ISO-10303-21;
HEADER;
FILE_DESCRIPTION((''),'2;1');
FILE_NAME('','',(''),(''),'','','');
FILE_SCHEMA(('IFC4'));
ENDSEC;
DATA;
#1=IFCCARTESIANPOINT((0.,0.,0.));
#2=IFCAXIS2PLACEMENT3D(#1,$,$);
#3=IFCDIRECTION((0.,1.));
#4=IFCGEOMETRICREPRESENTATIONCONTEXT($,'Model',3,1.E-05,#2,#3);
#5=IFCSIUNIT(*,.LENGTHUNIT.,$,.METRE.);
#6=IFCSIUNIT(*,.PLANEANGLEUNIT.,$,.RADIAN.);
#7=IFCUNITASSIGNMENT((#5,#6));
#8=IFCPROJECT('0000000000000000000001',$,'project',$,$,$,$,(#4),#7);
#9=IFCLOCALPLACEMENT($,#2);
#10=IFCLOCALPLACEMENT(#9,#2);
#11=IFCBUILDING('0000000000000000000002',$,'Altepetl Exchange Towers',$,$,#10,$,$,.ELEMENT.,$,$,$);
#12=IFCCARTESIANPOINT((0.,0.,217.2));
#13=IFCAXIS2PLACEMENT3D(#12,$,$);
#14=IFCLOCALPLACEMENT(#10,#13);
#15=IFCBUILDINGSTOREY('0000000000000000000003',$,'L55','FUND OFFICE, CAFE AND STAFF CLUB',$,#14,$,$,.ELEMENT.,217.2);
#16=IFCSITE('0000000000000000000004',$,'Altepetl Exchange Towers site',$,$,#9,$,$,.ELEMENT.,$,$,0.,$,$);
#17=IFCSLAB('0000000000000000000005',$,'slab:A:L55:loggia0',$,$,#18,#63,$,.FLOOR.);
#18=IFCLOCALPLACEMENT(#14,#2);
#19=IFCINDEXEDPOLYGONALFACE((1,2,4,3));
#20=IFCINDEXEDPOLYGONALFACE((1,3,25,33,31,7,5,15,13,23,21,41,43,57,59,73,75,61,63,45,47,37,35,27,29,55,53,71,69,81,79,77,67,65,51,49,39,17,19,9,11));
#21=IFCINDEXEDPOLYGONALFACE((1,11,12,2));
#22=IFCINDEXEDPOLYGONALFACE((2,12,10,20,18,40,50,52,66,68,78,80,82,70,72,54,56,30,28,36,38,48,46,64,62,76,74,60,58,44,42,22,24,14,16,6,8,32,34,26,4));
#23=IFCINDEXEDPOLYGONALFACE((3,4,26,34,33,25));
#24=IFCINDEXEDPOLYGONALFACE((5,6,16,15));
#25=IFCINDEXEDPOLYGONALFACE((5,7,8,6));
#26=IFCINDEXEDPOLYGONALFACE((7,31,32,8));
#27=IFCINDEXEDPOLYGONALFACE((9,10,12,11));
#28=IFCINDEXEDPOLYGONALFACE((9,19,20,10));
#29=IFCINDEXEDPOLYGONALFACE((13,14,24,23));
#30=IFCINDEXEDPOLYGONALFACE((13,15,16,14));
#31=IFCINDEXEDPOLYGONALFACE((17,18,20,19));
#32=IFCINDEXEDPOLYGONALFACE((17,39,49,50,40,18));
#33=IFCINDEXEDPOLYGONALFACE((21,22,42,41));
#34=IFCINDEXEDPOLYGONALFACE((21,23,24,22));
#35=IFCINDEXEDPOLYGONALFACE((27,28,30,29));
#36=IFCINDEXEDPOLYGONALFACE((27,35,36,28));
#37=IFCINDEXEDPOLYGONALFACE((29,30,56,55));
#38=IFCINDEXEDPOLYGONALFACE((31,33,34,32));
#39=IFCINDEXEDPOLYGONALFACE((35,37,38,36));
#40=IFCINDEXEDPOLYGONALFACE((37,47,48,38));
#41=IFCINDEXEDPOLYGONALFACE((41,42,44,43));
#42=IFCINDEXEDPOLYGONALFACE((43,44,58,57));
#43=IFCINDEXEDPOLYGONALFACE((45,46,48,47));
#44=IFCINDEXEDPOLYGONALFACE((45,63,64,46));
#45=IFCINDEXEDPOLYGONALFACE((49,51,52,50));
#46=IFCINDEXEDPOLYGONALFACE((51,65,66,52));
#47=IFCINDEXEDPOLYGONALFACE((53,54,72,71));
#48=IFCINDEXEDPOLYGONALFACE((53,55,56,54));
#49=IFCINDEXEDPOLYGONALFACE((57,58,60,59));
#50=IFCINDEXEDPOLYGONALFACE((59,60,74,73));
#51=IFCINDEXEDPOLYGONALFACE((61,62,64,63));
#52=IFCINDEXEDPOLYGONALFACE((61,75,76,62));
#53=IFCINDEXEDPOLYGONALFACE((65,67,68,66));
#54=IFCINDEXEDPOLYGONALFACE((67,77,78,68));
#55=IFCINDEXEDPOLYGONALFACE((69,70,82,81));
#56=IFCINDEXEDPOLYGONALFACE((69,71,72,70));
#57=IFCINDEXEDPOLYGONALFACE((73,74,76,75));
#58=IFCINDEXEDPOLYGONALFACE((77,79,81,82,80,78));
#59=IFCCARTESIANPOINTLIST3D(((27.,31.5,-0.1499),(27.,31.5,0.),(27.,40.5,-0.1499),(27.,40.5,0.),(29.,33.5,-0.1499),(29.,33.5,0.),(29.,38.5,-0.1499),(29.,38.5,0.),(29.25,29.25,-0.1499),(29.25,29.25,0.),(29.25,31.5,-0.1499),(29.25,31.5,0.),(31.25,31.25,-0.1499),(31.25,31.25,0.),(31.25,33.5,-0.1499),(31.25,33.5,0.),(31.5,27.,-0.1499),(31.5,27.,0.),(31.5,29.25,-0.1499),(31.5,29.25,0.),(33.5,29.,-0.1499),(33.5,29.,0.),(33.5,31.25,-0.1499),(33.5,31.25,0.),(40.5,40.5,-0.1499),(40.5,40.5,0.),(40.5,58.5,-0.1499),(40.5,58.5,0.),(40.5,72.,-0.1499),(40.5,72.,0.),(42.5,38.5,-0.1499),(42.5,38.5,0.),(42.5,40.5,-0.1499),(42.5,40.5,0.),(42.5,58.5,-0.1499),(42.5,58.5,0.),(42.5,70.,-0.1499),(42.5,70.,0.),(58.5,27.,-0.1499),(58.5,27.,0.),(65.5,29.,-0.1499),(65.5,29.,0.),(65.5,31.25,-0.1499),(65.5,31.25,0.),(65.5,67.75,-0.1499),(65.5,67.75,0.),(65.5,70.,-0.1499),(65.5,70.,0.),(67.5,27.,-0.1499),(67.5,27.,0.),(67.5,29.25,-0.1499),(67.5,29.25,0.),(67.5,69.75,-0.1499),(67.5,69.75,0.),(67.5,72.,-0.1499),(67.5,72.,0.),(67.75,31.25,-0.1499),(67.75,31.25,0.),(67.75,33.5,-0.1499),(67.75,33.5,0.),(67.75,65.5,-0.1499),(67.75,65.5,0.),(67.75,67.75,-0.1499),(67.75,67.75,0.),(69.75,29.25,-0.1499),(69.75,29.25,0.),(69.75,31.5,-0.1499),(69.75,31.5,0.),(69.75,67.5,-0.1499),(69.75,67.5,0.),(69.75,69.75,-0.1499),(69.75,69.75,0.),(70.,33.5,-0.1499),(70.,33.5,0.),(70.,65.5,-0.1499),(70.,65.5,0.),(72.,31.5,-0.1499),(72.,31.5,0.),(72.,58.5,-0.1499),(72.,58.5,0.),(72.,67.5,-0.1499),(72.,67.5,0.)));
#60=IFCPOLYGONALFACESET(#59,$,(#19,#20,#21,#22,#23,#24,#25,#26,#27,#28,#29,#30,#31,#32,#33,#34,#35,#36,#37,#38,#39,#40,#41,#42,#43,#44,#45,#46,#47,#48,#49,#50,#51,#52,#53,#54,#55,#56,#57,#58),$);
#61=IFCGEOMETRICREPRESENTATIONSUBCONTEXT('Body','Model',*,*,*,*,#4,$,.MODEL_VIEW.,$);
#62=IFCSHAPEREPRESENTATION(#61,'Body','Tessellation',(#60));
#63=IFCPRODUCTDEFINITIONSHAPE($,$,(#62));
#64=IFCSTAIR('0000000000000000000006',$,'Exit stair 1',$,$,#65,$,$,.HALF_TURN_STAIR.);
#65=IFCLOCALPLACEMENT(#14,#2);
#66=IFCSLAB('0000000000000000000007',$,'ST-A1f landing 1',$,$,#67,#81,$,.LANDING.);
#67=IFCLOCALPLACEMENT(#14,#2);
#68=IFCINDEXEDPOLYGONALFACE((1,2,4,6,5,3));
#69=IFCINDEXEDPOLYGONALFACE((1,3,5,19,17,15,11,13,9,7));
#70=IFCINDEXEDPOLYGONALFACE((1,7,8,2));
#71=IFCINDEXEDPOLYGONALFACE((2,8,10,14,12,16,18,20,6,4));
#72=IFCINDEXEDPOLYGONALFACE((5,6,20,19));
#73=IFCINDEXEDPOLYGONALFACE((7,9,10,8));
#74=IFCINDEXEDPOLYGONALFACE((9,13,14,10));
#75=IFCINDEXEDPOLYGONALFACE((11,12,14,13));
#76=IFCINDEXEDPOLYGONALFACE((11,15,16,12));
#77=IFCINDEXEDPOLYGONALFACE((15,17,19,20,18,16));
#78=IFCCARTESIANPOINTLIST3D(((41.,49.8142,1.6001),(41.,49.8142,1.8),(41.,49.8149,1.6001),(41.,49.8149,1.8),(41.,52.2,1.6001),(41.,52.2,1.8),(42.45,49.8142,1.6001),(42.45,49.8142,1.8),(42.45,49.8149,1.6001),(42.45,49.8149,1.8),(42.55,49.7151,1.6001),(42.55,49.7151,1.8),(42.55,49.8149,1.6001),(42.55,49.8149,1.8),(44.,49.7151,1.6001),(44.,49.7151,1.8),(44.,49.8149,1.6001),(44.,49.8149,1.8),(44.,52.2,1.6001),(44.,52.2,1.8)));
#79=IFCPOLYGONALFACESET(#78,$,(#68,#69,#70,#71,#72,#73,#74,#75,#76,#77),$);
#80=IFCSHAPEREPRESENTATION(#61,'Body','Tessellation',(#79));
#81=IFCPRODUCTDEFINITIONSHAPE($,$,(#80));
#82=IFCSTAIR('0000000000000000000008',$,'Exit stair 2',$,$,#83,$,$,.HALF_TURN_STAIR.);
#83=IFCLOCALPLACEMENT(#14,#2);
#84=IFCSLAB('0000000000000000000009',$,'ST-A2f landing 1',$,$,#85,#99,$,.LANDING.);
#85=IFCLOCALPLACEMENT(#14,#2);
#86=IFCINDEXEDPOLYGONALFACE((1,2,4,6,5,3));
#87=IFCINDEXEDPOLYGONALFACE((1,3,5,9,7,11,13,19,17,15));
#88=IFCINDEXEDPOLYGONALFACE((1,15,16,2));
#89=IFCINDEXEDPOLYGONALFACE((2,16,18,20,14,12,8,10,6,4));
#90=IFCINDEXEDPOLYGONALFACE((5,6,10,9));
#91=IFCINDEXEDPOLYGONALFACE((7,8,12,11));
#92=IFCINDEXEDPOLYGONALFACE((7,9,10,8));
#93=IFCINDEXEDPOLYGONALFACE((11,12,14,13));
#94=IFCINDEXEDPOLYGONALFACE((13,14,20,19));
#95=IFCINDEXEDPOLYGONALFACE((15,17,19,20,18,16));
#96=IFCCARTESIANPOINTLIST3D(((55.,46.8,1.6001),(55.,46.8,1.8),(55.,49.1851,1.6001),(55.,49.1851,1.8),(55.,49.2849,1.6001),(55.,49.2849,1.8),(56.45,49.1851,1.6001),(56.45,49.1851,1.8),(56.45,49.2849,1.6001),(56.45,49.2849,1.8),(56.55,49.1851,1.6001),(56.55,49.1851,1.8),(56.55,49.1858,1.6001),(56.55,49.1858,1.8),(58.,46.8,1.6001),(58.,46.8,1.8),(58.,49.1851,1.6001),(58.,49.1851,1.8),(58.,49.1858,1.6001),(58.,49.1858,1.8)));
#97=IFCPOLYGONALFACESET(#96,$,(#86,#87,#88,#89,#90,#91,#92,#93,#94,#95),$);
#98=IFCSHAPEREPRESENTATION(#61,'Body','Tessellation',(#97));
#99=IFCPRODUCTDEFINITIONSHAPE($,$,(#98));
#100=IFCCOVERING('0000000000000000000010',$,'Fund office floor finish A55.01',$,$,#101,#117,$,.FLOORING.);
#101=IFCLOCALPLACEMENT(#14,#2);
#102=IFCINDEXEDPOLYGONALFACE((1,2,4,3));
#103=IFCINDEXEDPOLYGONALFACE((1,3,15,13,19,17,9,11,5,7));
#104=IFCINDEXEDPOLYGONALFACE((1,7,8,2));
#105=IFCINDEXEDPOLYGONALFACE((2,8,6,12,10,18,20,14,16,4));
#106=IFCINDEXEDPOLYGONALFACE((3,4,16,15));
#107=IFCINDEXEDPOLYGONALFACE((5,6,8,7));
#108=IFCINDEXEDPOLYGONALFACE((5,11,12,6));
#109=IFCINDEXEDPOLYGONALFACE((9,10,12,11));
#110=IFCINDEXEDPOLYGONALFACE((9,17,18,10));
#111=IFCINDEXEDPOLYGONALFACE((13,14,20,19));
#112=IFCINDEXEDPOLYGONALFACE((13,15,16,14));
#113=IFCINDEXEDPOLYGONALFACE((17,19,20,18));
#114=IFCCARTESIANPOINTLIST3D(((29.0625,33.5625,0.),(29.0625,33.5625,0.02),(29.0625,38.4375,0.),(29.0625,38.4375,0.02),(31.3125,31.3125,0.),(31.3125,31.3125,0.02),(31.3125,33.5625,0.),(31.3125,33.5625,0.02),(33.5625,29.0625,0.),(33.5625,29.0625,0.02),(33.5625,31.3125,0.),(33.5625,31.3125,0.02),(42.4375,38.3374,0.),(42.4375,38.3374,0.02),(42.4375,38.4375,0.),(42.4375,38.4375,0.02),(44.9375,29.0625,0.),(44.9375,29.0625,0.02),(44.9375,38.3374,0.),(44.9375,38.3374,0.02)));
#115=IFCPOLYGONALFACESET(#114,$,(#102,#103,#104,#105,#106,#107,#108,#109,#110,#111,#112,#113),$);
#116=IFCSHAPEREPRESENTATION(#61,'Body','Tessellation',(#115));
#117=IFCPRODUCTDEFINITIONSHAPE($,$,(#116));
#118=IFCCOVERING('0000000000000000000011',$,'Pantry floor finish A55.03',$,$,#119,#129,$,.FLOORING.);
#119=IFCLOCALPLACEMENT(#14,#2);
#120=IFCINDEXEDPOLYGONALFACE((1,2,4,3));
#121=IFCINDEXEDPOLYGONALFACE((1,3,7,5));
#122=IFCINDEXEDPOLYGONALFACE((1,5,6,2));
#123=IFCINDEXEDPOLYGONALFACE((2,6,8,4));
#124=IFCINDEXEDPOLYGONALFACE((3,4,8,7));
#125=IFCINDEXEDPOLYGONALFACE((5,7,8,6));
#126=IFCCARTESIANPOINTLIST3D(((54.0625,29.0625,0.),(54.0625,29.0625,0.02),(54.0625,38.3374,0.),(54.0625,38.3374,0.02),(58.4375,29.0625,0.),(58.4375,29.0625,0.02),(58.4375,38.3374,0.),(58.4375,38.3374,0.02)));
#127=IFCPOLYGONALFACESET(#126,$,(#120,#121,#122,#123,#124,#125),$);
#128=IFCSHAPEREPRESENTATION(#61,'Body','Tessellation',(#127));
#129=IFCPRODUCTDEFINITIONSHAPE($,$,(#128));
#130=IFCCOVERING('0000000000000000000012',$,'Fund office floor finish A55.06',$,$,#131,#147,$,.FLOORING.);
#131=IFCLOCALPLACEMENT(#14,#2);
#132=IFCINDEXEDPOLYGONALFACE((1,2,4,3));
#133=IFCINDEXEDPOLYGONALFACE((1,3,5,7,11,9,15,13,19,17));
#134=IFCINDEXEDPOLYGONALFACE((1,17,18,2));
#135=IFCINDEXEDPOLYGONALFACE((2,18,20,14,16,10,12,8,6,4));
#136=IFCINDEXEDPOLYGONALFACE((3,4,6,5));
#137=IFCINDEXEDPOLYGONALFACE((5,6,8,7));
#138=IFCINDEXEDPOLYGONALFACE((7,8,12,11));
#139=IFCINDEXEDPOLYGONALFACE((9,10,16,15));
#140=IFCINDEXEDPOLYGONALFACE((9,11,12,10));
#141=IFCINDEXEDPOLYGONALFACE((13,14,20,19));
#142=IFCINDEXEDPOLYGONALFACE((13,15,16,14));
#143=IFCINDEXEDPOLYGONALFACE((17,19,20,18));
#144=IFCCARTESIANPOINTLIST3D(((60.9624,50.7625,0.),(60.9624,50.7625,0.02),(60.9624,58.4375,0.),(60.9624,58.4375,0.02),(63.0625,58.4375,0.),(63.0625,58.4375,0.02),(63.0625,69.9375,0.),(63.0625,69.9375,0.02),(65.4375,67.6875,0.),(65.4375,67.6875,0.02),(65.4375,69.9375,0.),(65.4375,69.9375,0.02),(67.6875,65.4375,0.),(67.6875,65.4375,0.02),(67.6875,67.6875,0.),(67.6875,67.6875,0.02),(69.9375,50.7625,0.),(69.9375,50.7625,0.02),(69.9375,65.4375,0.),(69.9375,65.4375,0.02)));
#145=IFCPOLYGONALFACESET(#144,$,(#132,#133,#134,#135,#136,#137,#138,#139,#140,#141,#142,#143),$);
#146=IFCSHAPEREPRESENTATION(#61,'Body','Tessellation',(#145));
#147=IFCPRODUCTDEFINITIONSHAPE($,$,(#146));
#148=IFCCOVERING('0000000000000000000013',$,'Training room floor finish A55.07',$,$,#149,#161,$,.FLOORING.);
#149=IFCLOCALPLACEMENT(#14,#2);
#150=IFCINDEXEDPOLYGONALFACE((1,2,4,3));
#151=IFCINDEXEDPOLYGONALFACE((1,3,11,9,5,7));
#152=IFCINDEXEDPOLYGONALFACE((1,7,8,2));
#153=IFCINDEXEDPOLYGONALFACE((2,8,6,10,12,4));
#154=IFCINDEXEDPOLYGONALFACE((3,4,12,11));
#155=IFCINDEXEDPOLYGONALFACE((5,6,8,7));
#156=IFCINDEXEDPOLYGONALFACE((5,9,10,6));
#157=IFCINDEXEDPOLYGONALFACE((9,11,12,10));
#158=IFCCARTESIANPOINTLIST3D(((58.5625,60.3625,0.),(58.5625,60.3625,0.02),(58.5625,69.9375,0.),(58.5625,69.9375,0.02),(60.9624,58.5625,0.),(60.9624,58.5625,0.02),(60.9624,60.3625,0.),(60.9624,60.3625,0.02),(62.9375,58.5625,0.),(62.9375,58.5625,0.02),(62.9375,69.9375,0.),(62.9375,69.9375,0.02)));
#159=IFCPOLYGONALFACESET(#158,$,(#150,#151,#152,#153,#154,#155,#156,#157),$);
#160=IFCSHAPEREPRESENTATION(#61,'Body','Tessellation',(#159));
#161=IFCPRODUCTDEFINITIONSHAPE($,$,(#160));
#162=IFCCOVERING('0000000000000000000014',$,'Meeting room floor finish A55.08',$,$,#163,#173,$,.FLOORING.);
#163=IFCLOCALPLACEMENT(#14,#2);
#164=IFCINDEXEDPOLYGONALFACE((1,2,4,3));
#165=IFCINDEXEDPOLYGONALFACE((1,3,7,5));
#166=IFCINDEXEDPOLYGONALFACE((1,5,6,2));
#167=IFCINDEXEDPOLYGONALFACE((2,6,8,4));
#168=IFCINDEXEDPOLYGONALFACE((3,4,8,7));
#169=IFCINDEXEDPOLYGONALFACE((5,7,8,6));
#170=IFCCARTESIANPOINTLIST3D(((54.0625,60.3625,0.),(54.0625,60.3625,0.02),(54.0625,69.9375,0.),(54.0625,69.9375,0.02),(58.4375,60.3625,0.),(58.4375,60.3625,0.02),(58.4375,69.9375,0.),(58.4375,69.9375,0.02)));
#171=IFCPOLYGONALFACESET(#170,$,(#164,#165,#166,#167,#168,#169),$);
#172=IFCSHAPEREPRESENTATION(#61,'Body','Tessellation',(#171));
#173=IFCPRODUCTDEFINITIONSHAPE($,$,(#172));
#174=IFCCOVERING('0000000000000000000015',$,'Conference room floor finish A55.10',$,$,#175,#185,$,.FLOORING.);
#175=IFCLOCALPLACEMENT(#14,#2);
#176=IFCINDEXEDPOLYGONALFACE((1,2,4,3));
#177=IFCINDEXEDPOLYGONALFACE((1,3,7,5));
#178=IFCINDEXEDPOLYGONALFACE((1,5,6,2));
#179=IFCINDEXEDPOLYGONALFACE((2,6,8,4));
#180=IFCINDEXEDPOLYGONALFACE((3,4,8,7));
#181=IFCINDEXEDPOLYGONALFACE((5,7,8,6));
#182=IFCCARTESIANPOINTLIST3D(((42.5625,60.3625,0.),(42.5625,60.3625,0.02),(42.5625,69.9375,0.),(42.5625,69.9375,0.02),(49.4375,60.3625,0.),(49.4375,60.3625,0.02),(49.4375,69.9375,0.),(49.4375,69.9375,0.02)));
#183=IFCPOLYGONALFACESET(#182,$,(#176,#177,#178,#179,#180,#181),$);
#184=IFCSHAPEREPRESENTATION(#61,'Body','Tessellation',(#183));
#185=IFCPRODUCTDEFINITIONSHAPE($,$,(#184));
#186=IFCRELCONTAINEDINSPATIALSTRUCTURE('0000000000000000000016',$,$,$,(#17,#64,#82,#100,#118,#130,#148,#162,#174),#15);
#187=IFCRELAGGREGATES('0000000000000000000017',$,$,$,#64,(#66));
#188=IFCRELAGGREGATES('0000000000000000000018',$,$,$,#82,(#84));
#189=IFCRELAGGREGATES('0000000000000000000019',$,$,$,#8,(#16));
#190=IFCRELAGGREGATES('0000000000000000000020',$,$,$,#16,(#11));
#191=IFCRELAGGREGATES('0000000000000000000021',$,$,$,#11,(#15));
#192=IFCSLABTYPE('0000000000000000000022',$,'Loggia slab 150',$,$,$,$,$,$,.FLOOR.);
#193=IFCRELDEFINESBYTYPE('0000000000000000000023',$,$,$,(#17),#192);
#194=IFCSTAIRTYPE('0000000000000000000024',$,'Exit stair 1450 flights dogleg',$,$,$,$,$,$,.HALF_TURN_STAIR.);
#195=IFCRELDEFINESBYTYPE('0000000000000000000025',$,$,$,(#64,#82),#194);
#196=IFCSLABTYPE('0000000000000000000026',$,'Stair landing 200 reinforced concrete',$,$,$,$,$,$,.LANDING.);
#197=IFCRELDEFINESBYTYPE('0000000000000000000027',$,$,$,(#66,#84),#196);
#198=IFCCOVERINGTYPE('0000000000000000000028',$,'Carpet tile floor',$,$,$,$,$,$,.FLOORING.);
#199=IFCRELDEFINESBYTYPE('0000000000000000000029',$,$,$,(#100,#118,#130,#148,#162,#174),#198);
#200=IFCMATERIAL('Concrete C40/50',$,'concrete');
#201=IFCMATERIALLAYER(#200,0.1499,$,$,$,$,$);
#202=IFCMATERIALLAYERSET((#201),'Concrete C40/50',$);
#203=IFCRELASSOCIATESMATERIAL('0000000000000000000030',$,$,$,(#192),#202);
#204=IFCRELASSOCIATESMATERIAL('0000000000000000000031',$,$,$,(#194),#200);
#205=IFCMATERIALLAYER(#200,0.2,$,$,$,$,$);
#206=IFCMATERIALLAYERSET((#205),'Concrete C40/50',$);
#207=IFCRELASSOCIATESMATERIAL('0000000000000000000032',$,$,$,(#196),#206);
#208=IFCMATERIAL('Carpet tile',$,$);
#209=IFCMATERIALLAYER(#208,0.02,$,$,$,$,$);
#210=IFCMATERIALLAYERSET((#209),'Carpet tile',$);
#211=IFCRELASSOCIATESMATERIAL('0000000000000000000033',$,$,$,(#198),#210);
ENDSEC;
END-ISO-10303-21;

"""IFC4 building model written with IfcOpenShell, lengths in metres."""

from ifc_helpers import new_model, si_unit, direction, frame, origin, place, context, subcontext, project, spatial, polyline, outline, extrude, material, layer, layer_set, type_object, element, aggregate, save


model = new_model("IFC4")

# Units and contexts
model_context = context("Model", 3, precision=1e-05, world=origin(), true_north=direction((0.0, 1.0)))
body_context = subcontext(model_context, "Body", "Model", "MODEL_VIEW")
ifc_project = project(units=[si_unit("LENGTHUNIT", "METRE"), si_unit("PLANEANGLEUNIT", "RADIAN")], contexts=[model_context])

# Site, building, storey
site_placement = place(None, origin())
site = spatial("IfcSite", under=ifc_project, at=site_placement, Name="Altepetl Exchange Towers site", CompositionType="ELEMENT", RefElevation=0.0)
building_placement = place(site_placement, origin())
building = spatial("IfcBuilding", under=site, at=building_placement, Name="Altepetl Exchange Towers", CompositionType="ELEMENT")
storey_placement = place(building_placement, frame((0.0, 0.0, 217.2)))
storey = spatial("IfcBuildingStorey", under=building, at=storey_placement, Name="L55", Description="FUND OFFICE, CAFE AND STAFF CLUB", CompositionType="ELEMENT", Elevation=217.2)

# Shared definitions
ifc_material_1 = material(Name="Concrete C40/50", Category="concrete")

# Slab
ifc_layer_1 = layer(ifc_material_1, 0.1499)
ifc_layer_set_1 = layer_set([ifc_layer_1], Name="Concrete C40/50")
slab_type_1 = type_object("IfcSlabType", Name="Loggia slab 150", PredefinedType="FLOOR", material=ifc_layer_set_1)
slab_1_placement = place(storey_placement, frame((0.0, 0.0, -0.1499)))
element("IfcSlab", 1, at=slab_1_placement, inside=storey, type_object=slab_type_1, Name="slab:A:L55:loggia0", PredefinedType="FLOOR", context=body_context, shape_type="SweptSolid", body=[
    extrude(outline(polyline([(40.5, 72.0), (40.5, 58.5), (42.5, 58.5), (42.5, 70.0), (65.5, 70.0), (65.5, 67.75), (67.75, 67.75), (67.75, 65.5), (70.0, 65.5), (70.0, 33.5), (67.75, 33.5), (67.75, 31.25), (65.5, 31.25), (65.5, 29.0), (33.5, 29.0), (33.5, 31.25), (31.25, 31.25), (31.25, 33.5), (29.0, 33.5), (29.0, 38.5), (42.5, 38.5), (42.5, 40.5), (40.5, 40.5), (27.0, 40.5), (27.0, 31.5), (29.25, 31.5), (29.25, 29.25), (31.5, 29.25), (31.5, 27.0), (58.5, 27.0), (67.5, 27.0), (67.5, 29.25), (69.75, 29.25), (69.75, 31.5), (72.0, 31.5), (72.0, 58.5), (72.0, 67.5), (69.75, 67.5), (69.75, 69.75), (67.5, 69.75), (67.5, 72.0), (40.5, 72.0)])), origin(), (0.0, 0.0, 1.0), 0.1499),
])

# Stairs, slabs
stair_type = type_object("IfcStairType", Name="Exit stair 1450 flights dogleg", PredefinedType="HALF_TURN_STAIR", material=ifc_material_1)
stair_1_placement = place(storey_placement, origin())
stair_1 = element("IfcStair", 2, at=stair_1_placement, inside=storey, type_object=stair_type, Name="Exit stair 1", PredefinedType="HALF_TURN_STAIR")
ifc_layer_2 = layer(ifc_material_1, 0.2)
ifc_layer_set_2 = layer_set([ifc_layer_2], Name="Concrete C40/50")
slab_type_2 = type_object("IfcSlabType", Name="Stair landing 200 reinforced concrete", PredefinedType="LANDING", material=ifc_layer_set_2)
slab_2_placement = place(storey_placement, frame((0.0, 0.0, 1.6001)))
slab_2 = element("IfcSlab", 3, at=slab_2_placement, type_object=slab_type_2, Name="ST-A1f landing 1", PredefinedType="LANDING", context=body_context, shape_type="SweptSolid", body=[
    extrude(outline(polyline([(44.0, 49.7151), (42.55, 49.7151), (42.55, 49.8149), (42.45, 49.8149), (42.45, 49.8142), (41.0, 49.8142), (41.0, 49.8149), (41.0, 52.2), (44.0, 52.2), (44.0, 49.8149), (44.0, 49.7151)])), origin(), (0.0, 0.0, 1.0), 0.2),
])
aggregate(stair_1, [slab_2])
stair_2_placement = place(storey_placement, origin())
stair_2 = element("IfcStair", 4, at=stair_2_placement, inside=storey, type_object=stair_type, Name="Exit stair 2", PredefinedType="HALF_TURN_STAIR")
slab_3_placement = place(storey_placement, frame((0.0, 0.0, 1.6001)))
slab_3 = element("IfcSlab", 5, at=slab_3_placement, type_object=slab_type_2, Name="ST-A2f landing 1", PredefinedType="LANDING", context=body_context, shape_type="SweptSolid", body=[
    extrude(outline(polyline([(58.0, 46.8), (55.0, 46.8), (55.0, 49.1851), (55.0, 49.2849), (56.45, 49.2849), (56.45, 49.1851), (56.55, 49.1851), (56.55, 49.1858), (58.0, 49.1858), (58.0, 49.1851), (58.0, 46.8)])), origin(), (0.0, 0.0, 1.0), 0.2),
])
aggregate(stair_2, [slab_3])

# Coverings
ifc_material_2 = material(Name="Carpet tile")
ifc_layer_3 = layer(ifc_material_2, 0.02)
ifc_layer_set_3 = layer_set([ifc_layer_3], Name="Carpet tile")
covering_type_1 = type_object("IfcCoveringType", Name="Carpet tile floor", PredefinedType="FLOORING", material=ifc_layer_set_3)
covering_1_placement = place(storey_placement, origin())
element("IfcCovering", 6, at=covering_1_placement, inside=storey, type_object=covering_type_1, Name="Fund office floor finish A55.01", PredefinedType="FLOORING", context=body_context, shape_type="SweptSolid", body=[
    extrude(outline(polyline([(33.5625, 29.0625), (44.9375, 29.0625), (44.9375, 38.3374), (42.4375, 38.3374), (42.4375, 38.4375), (29.0625, 38.4375), (29.0625, 33.5625), (31.3125, 33.5625), (31.3125, 31.3125), (33.5625, 31.3125), (33.5625, 29.0625)])), origin(), (0.0, 0.0, 1.0), 0.02),
])
covering_2_placement = place(storey_placement, origin())
element("IfcCovering", 7, at=covering_2_placement, inside=storey, type_object=covering_type_1, Name="Pantry floor finish A55.03", PredefinedType="FLOORING", context=body_context, shape_type="SweptSolid", body=[
    extrude(outline(polyline([(58.4375, 29.0625), (58.4375, 38.3374), (54.0625, 38.3374), (54.0625, 29.0625), (58.4375, 29.0625)])), origin(), (0.0, 0.0, 1.0), 0.02),
])
covering_3_placement = place(storey_placement, origin())
element("IfcCovering", 8, at=covering_3_placement, inside=storey, type_object=covering_type_1, Name="Fund office floor finish A55.06", PredefinedType="FLOORING", context=body_context, shape_type="SweptSolid", body=[
    extrude(outline(polyline([(60.9624, 50.7625), (69.9375, 50.7625), (69.9375, 65.4375), (67.6875, 65.4375), (67.6875, 67.6875), (65.4375, 67.6875), (65.4375, 69.9375), (63.0625, 69.9375), (63.0625, 58.4375), (60.9624, 58.4375), (60.9624, 50.7625)])), origin(), (0.0, 0.0, 1.0), 0.02),
])
covering_4_placement = place(storey_placement, origin())
element("IfcCovering", 9, at=covering_4_placement, inside=storey, type_object=covering_type_1, Name="Training room floor finish A55.07", PredefinedType="FLOORING", context=body_context, shape_type="SweptSolid", body=[
    extrude(outline(polyline([(60.9624, 58.5625), (62.9375, 58.5625), (62.9375, 69.9375), (58.5625, 69.9375), (58.5625, 60.3625), (60.9624, 60.3625), (60.9624, 58.5625)])), origin(), (0.0, 0.0, 1.0), 0.02),
])
covering_5_placement = place(storey_placement, origin())
element("IfcCovering", 10, at=covering_5_placement, inside=storey, type_object=covering_type_1, Name="Meeting room floor finish A55.08", PredefinedType="FLOORING", context=body_context, shape_type="SweptSolid", body=[
    extrude(outline(polyline([(58.4375, 60.3625), (58.4375, 69.9375), (54.0625, 69.9375), (54.0625, 60.3625), (58.4375, 60.3625)])), origin(), (0.0, 0.0, 1.0), 0.02),
])
covering_6_placement = place(storey_placement, origin())
element("IfcCovering", 11, at=covering_6_placement, inside=storey, type_object=covering_type_1, Name="Conference room floor finish A55.10", PredefinedType="FLOORING", context=body_context, shape_type="SweptSolid", body=[
    extrude(outline(polyline([(49.4375, 60.3625), (49.4375, 69.9375), (42.5625, 69.9375), (42.5625, 60.3625), (49.4375, 60.3625)])), origin(), (0.0, 0.0, 1.0), 0.02),
])

save(model, "model.ifc")
